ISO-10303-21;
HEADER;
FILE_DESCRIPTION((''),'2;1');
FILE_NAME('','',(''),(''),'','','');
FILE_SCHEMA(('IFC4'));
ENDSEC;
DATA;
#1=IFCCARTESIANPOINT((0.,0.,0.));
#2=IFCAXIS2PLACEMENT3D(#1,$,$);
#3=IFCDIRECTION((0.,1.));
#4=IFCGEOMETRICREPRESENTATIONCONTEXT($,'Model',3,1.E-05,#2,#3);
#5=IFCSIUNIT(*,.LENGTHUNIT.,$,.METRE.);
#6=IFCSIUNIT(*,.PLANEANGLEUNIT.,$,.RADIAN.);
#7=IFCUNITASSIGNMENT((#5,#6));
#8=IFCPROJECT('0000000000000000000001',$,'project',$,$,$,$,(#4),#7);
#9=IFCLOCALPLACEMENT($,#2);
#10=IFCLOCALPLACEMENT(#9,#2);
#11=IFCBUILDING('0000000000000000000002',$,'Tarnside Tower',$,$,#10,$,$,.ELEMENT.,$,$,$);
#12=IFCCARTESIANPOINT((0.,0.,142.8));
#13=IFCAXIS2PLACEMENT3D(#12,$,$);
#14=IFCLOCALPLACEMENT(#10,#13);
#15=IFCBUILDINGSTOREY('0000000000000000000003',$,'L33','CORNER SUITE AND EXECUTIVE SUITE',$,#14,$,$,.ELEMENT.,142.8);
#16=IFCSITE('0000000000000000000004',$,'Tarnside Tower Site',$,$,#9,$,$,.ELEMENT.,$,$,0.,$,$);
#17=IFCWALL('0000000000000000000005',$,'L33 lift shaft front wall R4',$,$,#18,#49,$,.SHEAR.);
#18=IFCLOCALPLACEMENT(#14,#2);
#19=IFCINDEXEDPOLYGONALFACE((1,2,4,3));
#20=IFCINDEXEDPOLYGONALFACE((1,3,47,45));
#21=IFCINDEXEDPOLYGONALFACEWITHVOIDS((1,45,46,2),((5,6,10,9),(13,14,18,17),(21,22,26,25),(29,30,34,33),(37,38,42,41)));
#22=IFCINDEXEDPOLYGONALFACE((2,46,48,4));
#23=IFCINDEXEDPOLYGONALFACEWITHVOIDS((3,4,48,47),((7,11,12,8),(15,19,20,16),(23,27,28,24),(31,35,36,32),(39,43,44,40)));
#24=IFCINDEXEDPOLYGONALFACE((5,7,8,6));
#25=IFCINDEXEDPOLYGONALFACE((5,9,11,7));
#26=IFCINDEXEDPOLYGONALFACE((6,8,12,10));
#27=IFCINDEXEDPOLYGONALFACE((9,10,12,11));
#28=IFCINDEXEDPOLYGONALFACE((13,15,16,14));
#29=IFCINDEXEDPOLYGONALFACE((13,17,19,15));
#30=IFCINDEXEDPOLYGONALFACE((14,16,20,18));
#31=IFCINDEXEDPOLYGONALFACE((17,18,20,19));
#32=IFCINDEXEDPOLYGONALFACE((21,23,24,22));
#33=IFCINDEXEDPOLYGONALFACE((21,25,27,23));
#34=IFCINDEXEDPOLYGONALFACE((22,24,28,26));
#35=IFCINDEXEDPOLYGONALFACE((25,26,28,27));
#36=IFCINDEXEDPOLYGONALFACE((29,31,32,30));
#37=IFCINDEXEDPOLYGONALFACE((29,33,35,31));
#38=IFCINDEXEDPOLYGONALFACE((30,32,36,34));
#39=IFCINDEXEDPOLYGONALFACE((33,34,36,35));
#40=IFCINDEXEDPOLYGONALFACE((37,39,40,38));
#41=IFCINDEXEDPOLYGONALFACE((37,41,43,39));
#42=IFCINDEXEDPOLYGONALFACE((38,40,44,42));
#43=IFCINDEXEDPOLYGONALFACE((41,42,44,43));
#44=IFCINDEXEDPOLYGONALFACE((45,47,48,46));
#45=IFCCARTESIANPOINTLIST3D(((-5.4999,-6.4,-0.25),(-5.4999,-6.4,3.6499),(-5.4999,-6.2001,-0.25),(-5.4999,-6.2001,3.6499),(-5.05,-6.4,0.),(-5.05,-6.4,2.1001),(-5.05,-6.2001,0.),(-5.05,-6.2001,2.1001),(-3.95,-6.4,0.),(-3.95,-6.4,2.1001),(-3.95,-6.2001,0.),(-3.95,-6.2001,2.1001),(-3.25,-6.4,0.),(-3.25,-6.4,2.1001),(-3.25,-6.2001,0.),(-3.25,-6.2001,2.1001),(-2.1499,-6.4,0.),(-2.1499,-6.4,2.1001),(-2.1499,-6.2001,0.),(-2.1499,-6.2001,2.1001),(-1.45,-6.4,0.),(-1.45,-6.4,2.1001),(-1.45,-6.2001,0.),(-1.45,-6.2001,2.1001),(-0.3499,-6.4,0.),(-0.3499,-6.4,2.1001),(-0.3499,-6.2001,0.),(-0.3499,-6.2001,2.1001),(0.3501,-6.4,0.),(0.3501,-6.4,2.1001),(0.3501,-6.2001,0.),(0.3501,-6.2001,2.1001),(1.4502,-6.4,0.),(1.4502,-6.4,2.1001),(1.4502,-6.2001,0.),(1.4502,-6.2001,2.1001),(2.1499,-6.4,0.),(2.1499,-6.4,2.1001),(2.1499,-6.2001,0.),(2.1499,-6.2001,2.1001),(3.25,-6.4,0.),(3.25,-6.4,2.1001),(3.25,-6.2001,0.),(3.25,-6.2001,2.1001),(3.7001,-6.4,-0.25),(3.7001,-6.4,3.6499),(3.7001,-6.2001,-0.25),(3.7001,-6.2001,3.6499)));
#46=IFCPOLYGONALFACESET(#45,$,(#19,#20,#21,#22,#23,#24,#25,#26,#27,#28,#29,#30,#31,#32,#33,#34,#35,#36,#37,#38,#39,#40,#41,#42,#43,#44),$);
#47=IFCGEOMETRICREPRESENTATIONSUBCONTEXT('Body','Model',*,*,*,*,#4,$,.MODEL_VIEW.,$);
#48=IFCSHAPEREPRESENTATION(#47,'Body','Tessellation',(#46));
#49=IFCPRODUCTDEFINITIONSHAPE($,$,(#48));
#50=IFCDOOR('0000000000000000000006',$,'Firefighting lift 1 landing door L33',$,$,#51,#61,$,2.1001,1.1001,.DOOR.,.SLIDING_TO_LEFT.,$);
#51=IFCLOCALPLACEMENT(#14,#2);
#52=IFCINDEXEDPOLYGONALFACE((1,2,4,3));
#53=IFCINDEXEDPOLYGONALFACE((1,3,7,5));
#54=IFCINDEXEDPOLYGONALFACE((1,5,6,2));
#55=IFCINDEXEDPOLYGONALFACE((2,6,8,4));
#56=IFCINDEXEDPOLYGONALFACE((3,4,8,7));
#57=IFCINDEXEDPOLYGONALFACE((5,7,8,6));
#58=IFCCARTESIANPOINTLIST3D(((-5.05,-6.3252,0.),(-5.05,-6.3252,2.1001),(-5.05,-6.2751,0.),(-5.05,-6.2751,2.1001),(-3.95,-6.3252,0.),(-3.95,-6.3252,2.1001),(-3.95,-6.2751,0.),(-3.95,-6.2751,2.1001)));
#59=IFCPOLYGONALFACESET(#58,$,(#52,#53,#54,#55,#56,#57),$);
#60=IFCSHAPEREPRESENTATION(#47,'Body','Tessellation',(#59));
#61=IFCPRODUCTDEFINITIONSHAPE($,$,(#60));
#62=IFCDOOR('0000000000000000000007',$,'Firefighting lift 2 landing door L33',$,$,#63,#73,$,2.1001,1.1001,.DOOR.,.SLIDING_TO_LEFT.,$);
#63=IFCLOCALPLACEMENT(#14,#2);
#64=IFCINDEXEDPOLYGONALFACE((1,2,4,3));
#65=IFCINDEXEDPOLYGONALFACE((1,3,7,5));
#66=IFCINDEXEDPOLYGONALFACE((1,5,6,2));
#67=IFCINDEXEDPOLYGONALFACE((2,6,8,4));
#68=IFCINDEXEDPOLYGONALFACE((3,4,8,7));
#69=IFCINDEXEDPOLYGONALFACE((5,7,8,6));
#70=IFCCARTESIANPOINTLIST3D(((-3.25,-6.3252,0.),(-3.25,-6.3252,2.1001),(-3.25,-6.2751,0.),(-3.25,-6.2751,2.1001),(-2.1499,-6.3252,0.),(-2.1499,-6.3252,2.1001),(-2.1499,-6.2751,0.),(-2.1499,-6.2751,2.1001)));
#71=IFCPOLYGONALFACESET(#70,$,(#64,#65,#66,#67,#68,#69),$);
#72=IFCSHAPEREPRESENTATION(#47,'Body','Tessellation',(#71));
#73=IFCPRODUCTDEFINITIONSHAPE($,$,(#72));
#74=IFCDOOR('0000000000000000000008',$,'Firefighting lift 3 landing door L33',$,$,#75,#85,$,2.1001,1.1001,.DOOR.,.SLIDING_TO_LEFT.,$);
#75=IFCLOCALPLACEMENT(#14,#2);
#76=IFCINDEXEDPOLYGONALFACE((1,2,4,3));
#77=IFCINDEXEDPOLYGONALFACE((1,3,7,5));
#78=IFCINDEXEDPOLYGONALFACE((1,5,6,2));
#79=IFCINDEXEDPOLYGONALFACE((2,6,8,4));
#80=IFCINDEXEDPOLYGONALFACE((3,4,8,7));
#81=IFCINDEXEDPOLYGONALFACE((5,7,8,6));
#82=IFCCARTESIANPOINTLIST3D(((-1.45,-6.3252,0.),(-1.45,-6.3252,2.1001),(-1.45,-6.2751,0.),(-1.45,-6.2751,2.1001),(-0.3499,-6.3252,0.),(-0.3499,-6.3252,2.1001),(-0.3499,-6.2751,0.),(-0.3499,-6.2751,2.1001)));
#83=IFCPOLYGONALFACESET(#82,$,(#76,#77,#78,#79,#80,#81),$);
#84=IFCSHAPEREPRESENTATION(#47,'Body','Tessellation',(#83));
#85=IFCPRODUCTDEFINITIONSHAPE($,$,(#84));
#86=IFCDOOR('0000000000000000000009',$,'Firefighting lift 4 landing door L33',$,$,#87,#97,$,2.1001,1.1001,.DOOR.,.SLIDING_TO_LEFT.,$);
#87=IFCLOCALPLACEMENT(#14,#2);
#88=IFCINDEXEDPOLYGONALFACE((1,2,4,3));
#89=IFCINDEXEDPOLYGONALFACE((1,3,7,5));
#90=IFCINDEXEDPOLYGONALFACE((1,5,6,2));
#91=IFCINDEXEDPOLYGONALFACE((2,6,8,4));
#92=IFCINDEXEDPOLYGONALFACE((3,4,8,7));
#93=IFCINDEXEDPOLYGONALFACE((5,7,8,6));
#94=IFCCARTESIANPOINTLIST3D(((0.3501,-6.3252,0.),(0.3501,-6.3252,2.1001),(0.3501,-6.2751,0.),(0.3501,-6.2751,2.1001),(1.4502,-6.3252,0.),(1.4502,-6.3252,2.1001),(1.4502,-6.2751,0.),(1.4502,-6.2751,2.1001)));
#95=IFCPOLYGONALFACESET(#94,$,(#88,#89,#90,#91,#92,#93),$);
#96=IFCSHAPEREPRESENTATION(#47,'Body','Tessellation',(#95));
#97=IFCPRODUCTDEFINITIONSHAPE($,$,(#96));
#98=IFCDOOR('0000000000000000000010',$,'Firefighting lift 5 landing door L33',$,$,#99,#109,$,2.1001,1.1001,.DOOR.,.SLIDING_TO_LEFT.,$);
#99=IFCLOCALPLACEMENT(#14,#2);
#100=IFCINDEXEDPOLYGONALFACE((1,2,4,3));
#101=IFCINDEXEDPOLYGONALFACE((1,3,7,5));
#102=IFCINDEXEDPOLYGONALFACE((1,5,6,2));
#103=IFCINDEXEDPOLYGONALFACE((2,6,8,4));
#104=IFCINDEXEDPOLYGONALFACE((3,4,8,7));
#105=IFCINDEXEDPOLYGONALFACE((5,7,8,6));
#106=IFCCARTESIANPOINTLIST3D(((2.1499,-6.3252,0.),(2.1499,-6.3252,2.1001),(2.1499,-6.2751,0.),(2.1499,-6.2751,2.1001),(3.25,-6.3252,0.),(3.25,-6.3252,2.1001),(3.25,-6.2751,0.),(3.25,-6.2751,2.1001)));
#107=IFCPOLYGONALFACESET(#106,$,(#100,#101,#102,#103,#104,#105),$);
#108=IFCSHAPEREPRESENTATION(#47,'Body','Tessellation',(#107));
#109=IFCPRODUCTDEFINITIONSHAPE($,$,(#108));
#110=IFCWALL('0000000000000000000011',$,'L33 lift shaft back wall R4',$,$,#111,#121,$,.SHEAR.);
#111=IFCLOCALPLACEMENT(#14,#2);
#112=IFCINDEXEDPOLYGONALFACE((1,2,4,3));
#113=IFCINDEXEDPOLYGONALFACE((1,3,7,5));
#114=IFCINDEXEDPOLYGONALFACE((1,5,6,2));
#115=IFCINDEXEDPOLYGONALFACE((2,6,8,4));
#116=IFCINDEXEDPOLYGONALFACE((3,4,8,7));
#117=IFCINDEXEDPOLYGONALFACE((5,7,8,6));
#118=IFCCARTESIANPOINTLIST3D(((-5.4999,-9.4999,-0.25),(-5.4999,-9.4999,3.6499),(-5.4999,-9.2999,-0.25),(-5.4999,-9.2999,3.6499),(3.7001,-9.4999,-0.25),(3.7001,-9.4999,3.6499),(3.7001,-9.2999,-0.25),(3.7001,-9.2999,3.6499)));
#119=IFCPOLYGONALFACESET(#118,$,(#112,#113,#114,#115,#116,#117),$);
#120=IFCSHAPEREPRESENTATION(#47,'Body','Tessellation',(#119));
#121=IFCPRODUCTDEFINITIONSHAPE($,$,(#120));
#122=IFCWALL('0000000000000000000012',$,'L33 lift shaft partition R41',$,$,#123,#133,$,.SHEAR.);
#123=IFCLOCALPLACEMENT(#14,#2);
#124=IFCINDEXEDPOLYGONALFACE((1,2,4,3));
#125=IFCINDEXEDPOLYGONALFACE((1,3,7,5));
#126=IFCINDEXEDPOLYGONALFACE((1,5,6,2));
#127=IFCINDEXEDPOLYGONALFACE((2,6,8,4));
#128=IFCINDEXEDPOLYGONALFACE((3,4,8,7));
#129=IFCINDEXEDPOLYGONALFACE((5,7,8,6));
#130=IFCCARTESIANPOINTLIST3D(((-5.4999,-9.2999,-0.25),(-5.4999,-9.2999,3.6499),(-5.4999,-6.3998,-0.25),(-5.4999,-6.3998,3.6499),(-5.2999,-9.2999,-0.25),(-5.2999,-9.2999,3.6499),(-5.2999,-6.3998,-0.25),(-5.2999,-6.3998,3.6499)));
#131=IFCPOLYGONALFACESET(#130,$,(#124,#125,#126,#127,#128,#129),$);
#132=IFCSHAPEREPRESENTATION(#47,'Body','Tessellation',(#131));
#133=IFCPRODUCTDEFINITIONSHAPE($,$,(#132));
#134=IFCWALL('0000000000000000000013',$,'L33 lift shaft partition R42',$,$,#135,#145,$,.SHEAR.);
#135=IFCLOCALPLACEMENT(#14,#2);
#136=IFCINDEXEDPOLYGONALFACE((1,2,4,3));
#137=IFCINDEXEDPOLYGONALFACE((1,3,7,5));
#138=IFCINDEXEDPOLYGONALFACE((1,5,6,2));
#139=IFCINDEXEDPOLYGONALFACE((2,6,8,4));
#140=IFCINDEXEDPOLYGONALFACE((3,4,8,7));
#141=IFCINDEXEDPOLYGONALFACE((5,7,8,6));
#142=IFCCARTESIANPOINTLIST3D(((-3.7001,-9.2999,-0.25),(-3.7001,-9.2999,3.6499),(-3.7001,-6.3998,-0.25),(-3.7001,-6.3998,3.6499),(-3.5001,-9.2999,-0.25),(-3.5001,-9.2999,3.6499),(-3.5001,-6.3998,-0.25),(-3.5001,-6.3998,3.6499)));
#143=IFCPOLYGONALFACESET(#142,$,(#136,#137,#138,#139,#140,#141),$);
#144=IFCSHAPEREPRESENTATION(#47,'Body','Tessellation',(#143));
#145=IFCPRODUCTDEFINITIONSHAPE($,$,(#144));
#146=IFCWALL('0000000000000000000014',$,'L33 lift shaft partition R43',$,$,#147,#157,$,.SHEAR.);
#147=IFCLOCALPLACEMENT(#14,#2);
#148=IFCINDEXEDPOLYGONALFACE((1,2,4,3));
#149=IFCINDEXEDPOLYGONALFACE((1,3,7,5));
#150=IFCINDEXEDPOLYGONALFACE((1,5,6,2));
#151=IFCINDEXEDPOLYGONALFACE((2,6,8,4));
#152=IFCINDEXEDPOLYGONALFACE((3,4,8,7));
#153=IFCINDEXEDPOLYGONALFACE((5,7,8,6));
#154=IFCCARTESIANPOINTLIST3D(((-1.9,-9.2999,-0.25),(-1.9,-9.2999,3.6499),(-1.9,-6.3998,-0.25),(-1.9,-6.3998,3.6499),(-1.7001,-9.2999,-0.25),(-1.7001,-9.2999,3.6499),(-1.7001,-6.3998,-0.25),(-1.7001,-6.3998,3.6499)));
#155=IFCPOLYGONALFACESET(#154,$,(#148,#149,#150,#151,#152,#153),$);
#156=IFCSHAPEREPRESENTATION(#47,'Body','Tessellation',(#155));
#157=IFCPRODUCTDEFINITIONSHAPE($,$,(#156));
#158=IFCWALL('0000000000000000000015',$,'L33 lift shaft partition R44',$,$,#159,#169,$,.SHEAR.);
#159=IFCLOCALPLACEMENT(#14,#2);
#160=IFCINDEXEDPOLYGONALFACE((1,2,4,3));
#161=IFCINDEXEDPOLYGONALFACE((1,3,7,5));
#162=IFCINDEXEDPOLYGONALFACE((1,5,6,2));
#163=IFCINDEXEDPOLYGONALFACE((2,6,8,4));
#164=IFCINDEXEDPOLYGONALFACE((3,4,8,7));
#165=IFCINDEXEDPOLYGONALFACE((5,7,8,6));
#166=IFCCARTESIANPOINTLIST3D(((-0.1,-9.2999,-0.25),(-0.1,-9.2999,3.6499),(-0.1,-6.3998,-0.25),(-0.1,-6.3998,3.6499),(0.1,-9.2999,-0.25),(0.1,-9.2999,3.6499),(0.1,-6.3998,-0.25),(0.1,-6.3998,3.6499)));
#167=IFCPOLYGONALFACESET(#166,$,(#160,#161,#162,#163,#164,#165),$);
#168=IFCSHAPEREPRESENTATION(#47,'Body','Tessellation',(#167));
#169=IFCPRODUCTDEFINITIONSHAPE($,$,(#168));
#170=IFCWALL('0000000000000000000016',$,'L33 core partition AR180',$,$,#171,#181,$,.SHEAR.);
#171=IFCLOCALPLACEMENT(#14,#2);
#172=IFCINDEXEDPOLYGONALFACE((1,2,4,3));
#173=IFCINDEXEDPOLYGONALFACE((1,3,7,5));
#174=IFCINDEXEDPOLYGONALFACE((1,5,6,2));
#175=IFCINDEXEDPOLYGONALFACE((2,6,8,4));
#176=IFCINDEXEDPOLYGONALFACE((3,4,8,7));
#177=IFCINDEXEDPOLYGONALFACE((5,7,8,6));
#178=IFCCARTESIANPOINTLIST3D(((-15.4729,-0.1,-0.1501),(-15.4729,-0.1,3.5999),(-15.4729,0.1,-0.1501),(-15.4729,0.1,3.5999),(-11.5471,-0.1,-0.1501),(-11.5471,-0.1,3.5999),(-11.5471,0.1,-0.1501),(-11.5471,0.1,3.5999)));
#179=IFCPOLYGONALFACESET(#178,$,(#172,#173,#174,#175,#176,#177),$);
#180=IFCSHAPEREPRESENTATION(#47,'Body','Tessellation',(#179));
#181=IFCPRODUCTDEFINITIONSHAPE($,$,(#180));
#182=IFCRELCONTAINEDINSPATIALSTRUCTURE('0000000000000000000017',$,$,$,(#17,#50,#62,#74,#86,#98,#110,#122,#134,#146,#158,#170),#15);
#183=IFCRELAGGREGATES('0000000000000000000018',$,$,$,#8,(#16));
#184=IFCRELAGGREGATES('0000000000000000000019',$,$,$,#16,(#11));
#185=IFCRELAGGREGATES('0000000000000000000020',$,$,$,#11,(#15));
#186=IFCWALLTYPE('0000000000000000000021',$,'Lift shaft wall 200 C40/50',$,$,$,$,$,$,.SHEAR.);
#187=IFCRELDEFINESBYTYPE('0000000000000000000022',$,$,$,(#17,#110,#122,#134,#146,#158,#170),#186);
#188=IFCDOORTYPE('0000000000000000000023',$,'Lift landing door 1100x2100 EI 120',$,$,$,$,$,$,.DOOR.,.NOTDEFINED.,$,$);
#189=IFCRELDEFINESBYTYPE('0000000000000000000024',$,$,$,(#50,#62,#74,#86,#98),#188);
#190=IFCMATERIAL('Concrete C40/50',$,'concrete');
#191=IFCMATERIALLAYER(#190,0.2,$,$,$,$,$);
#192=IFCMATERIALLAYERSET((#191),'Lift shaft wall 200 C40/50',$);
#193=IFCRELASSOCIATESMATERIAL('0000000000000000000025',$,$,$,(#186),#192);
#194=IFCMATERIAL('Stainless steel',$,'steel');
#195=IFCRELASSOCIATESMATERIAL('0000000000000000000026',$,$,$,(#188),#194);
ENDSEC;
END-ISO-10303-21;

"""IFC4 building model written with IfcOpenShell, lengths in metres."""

from ifc_helpers import new_model, si_unit, direction, frame, frame_2d, origin, place, context, subcontext, project, spatial, rectangle, extrude, material, layer, layer_set, type_object, element, fill, save


model = new_model("IFC4")

# Units and contexts
model_context = context("Model", 3, precision=1e-05, world=origin(), true_north=direction((0.0, 1.0)))
body_context = subcontext(model_context, "Body", "Model", "MODEL_VIEW")
ifc_project = project(units=[si_unit("LENGTHUNIT", "METRE"), si_unit("PLANEANGLEUNIT", "RADIAN")], contexts=[model_context])

# Site, building, storey
site_placement = place(None, origin())
site = spatial("IfcSite", under=ifc_project, at=site_placement, Name="Tarnside Tower Site", CompositionType="ELEMENT", RefElevation=0.0)
building_placement = place(site_placement, origin())
building = spatial("IfcBuilding", under=site, at=building_placement, Name="Tarnside Tower", CompositionType="ELEMENT")
storey_placement = place(building_placement, frame((0.0, 0.0, 142.8)))
storey = spatial("IfcBuildingStorey", under=building, at=storey_placement, Name="L33", Description="CORNER SUITE AND EXECUTIVE SUITE", CompositionType="ELEMENT", Elevation=142.8)

# Shared definitions
ifc_material_1 = material(Name="Concrete C40/50", Category="concrete")
ifc_layer_1 = layer(ifc_material_1, 0.2)
ifc_layer_set_1 = layer_set([ifc_layer_1], Name="Lift shaft wall 200 C40/50")
wall_type_1 = type_object("IfcWallType", Name="Lift shaft wall 200 C40/50", PredefinedType="SHEAR", material=ifc_layer_set_1)

# Wall, openings, doors
wall_1_placement = place(storey_placement, frame((-5.5, -6.3, -0.25), z_axis=(0.0, 0.0, 1.0), x_axis=(1.0, 0.0, 0.0)))
wall_1 = element("IfcWall", 1, at=wall_1_placement, inside=storey, type_object=wall_type_1, Name="L33 lift shaft front wall R4", PredefinedType="SHEAR", context=body_context, shape_type="SweptSolid", body=[
    extrude(rectangle(XDim=9.2, YDim=0.2, at=frame_2d((4.6001, 0.0))), origin(), (0.0, 0.0, 1.0), 3.8999),
])
opening_1_placement = place(wall_1_placement, frame((0.45, 0.0, 0.25)))
opening_1 = element("IfcOpeningElement", 2, at=opening_1_placement, cuts=wall_1, PredefinedType="OPENING", context=body_context, shape_type="SweptSolid", body=[
    extrude(rectangle(XDim=1.1001, YDim=2.1001, at=frame_2d((0.55, 1.05))), frame((0.0, 0.1099, 0.0), z_axis=(0.0, -1.0, 0.0), x_axis=(1.0, 0.0, 0.0)), (0.0, 0.0, 1.0), 0.22),
])
opening_2_placement = place(wall_1_placement, frame((2.25, 0.0, 0.25)))
opening_2 = element("IfcOpeningElement", 3, at=opening_2_placement, cuts=wall_1, PredefinedType="OPENING", context=body_context, shape_type="SweptSolid", body=[
    extrude(rectangle(XDim=1.1001, YDim=2.1001, at=frame_2d((0.55, 1.05))), frame((0.0, 0.1099, 0.0), z_axis=(0.0, -1.0, 0.0), x_axis=(1.0, 0.0, 0.0)), (0.0, 0.0, 1.0), 0.22),
])
opening_3_placement = place(wall_1_placement, frame((4.05, 0.0, 0.25)))
opening_3 = element("IfcOpeningElement", 4, at=opening_3_placement, cuts=wall_1, PredefinedType="OPENING", context=body_context, shape_type="SweptSolid", body=[
    extrude(rectangle(XDim=1.1001, YDim=2.1001, at=frame_2d((0.55, 1.05))), frame((0.0, 0.1099, 0.0), z_axis=(0.0, -1.0, 0.0), x_axis=(1.0, 0.0, 0.0)), (0.0, 0.0, 1.0), 0.22),
])
opening_4_placement = place(wall_1_placement, frame((5.8501, 0.0, 0.25)))
opening_4 = element("IfcOpeningElement", 5, at=opening_4_placement, cuts=wall_1, PredefinedType="OPENING", context=body_context, shape_type="SweptSolid", body=[
    extrude(rectangle(XDim=1.1001, YDim=2.1001, at=frame_2d((0.55, 1.05))), frame((0.0, 0.1099, 0.0), z_axis=(0.0, -1.0, 0.0), x_axis=(1.0, 0.0, 0.0)), (0.0, 0.0, 1.0), 0.22),
])
opening_5_placement = place(wall_1_placement, frame((7.6499, 0.0, 0.25)))
opening_5 = element("IfcOpeningElement", 6, at=opening_5_placement, cuts=wall_1, PredefinedType="OPENING", context=body_context, shape_type="SweptSolid", body=[
    extrude(rectangle(XDim=1.1001, YDim=2.1001, at=frame_2d((0.55, 1.05))), frame((0.0, 0.1099, 0.0), z_axis=(0.0, -1.0, 0.0), x_axis=(1.0, 0.0, 0.0)), (0.0, 0.0, 1.0), 0.22),
])
ifc_material_2 = material(Name="Stainless steel", Category="steel")
door_type_1 = type_object("IfcDoorType", Name="Lift landing door 1100x2100 EI 120", OperationType="NOTDEFINED", PredefinedType="DOOR", material=ifc_material_2)
door_1_placement = place(opening_1_placement, origin())
door_1 = element("IfcDoor", 7, at=door_1_placement, inside=storey, type_object=door_type_1, Name="Firefighting lift 1 landing door L33", OperationType="SLIDING_TO_LEFT", OverallHeight=2.1001, OverallWidth=1.1001, PredefinedType="DOOR", context=body_context, shape_type="SweptSolid", body=[
    extrude(rectangle(XDim=1.1001, YDim=2.1001, at=frame_2d((0.55, 1.05))), frame((0.0, 0.0249, 0.0), z_axis=(0.0, -1.0, 0.0), x_axis=(1.0, 0.0, 0.0)), (0.0, 0.0, 1.0), 0.05),
])
fill(opening_1, door_1)
door_2_placement = place(opening_2_placement, origin())
door_2 = element("IfcDoor", 8, at=door_2_placement, inside=storey, type_object=door_type_1, Name="Firefighting lift 2 landing door L33", OperationType="SLIDING_TO_LEFT", OverallHeight=2.1001, OverallWidth=1.1001, PredefinedType="DOOR", context=body_context, shape_type="SweptSolid", body=[
    extrude(rectangle(XDim=1.1001, YDim=2.1001, at=frame_2d((0.55, 1.05))), frame((0.0, 0.0249, 0.0), z_axis=(0.0, -1.0, 0.0), x_axis=(1.0, 0.0, 0.0)), (0.0, 0.0, 1.0), 0.05),
])
fill(opening_2, door_2)
door_3_placement = place(opening_3_placement, origin())
door_3 = element("IfcDoor", 9, at=door_3_placement, inside=storey, type_object=door_type_1, Name="Firefighting lift 3 landing door L33", OperationType="SLIDING_TO_LEFT", OverallHeight=2.1001, OverallWidth=1.1001, PredefinedType="DOOR", context=body_context, shape_type="SweptSolid", body=[
    extrude(rectangle(XDim=1.1001, YDim=2.1001, at=frame_2d((0.55, 1.05))), frame((0.0, 0.0249, 0.0), z_axis=(0.0, -1.0, 0.0), x_axis=(1.0, 0.0, 0.0)), (0.0, 0.0, 1.0), 0.05),
])
fill(opening_3, door_3)
door_4_placement = place(opening_4_placement, origin())
door_4 = element("IfcDoor", 10, at=door_4_placement, inside=storey, type_object=door_type_1, Name="Firefighting lift 4 landing door L33", OperationType="SLIDING_TO_LEFT", OverallHeight=2.1001, OverallWidth=1.1001, PredefinedType="DOOR", context=body_context, shape_type="SweptSolid", body=[
    extrude(rectangle(XDim=1.1001, YDim=2.1001, at=frame_2d((0.55, 1.05))), frame((0.0, 0.0249, 0.0), z_axis=(0.0, -1.0, 0.0), x_axis=(1.0, 0.0, 0.0)), (0.0, 0.0, 1.0), 0.05),
])
fill(opening_4, door_4)
door_5_placement = place(opening_5_placement, origin())
door_5 = element("IfcDoor", 11, at=door_5_placement, inside=storey, type_object=door_type_1, Name="Firefighting lift 5 landing door L33", OperationType="SLIDING_TO_LEFT", OverallHeight=2.1001, OverallWidth=1.1001, PredefinedType="DOOR", context=body_context, shape_type="SweptSolid", body=[
    extrude(rectangle(XDim=1.1001, YDim=2.1001, at=frame_2d((0.55, 1.05))), frame((0.0, 0.0249, 0.0), z_axis=(0.0, -1.0, 0.0), x_axis=(1.0, 0.0, 0.0)), (0.0, 0.0, 1.0), 0.05),
])
fill(opening_5, door_5)

# Walls
wall_2_placement = place(storey_placement, frame((-5.5, -9.3999, -0.25), z_axis=(0.0, 0.0, 1.0), x_axis=(1.0, 0.0, 0.0)))
element("IfcWall", 12, at=wall_2_placement, inside=storey, type_object=wall_type_1, Name="L33 lift shaft back wall R4", PredefinedType="SHEAR", context=body_context, shape_type="SweptSolid", body=[
    extrude(rectangle(XDim=9.2, YDim=0.2, at=frame_2d((4.6001, 0.0))), origin(), (0.0, 0.0, 1.0), 3.8999),
])
for number, where, z_axis, x_axis, name in (
    (13, (-5.3999, -9.3, -0.25), (0.0, 0.0, 1.0), (0.0, 1.0, 0.0), "L33 lift shaft partition R41"),
    (14, (-3.6001, -9.3, -0.25), (0.0, 0.0, 1.0), (0.0, 1.0, 0.0), "L33 lift shaft partition R42"),
    (15, (-1.8, -9.3, -0.25), (0.0, 0.0, 1.0), (0.0, 1.0, 0.0), "L33 lift shaft partition R43"),
    (16, (0.0, -9.3, -0.25), (0.0, 0.0, 1.0), (0.0, 1.0, 0.0), "L33 lift shaft partition R44"),
):
    element("IfcWall", number, at=place(storey_placement, frame(where, z_axis=z_axis, x_axis=x_axis)), inside=storey, type_object=wall_type_1, Name=name, PredefinedType="SHEAR", context=body_context, shape_type="SweptSolid", body=[
        extrude(rectangle(XDim=2.9001, YDim=0.2, at=frame_2d((1.4502, 0.0))), origin(), (0.0, 0.0, 1.0), 3.8999),
    ])
wall_3_placement = place(storey_placement, frame((-11.5471, 0.0, -0.1501), z_axis=(0.0, 0.0, 1.0), x_axis=(-1.0, 0.0, 0.0)))
element("IfcWall", 17, at=wall_3_placement, inside=storey, type_object=wall_type_1, Name="L33 core partition AR180", PredefinedType="SHEAR", context=body_context, shape_type="SweptSolid", body=[
    extrude(rectangle(XDim=3.9258, YDim=0.2, at=frame_2d((1.9629, 0.0))), origin(), (0.0, 0.0, 1.0), 3.75),
])

save(model, "model.ifc")
